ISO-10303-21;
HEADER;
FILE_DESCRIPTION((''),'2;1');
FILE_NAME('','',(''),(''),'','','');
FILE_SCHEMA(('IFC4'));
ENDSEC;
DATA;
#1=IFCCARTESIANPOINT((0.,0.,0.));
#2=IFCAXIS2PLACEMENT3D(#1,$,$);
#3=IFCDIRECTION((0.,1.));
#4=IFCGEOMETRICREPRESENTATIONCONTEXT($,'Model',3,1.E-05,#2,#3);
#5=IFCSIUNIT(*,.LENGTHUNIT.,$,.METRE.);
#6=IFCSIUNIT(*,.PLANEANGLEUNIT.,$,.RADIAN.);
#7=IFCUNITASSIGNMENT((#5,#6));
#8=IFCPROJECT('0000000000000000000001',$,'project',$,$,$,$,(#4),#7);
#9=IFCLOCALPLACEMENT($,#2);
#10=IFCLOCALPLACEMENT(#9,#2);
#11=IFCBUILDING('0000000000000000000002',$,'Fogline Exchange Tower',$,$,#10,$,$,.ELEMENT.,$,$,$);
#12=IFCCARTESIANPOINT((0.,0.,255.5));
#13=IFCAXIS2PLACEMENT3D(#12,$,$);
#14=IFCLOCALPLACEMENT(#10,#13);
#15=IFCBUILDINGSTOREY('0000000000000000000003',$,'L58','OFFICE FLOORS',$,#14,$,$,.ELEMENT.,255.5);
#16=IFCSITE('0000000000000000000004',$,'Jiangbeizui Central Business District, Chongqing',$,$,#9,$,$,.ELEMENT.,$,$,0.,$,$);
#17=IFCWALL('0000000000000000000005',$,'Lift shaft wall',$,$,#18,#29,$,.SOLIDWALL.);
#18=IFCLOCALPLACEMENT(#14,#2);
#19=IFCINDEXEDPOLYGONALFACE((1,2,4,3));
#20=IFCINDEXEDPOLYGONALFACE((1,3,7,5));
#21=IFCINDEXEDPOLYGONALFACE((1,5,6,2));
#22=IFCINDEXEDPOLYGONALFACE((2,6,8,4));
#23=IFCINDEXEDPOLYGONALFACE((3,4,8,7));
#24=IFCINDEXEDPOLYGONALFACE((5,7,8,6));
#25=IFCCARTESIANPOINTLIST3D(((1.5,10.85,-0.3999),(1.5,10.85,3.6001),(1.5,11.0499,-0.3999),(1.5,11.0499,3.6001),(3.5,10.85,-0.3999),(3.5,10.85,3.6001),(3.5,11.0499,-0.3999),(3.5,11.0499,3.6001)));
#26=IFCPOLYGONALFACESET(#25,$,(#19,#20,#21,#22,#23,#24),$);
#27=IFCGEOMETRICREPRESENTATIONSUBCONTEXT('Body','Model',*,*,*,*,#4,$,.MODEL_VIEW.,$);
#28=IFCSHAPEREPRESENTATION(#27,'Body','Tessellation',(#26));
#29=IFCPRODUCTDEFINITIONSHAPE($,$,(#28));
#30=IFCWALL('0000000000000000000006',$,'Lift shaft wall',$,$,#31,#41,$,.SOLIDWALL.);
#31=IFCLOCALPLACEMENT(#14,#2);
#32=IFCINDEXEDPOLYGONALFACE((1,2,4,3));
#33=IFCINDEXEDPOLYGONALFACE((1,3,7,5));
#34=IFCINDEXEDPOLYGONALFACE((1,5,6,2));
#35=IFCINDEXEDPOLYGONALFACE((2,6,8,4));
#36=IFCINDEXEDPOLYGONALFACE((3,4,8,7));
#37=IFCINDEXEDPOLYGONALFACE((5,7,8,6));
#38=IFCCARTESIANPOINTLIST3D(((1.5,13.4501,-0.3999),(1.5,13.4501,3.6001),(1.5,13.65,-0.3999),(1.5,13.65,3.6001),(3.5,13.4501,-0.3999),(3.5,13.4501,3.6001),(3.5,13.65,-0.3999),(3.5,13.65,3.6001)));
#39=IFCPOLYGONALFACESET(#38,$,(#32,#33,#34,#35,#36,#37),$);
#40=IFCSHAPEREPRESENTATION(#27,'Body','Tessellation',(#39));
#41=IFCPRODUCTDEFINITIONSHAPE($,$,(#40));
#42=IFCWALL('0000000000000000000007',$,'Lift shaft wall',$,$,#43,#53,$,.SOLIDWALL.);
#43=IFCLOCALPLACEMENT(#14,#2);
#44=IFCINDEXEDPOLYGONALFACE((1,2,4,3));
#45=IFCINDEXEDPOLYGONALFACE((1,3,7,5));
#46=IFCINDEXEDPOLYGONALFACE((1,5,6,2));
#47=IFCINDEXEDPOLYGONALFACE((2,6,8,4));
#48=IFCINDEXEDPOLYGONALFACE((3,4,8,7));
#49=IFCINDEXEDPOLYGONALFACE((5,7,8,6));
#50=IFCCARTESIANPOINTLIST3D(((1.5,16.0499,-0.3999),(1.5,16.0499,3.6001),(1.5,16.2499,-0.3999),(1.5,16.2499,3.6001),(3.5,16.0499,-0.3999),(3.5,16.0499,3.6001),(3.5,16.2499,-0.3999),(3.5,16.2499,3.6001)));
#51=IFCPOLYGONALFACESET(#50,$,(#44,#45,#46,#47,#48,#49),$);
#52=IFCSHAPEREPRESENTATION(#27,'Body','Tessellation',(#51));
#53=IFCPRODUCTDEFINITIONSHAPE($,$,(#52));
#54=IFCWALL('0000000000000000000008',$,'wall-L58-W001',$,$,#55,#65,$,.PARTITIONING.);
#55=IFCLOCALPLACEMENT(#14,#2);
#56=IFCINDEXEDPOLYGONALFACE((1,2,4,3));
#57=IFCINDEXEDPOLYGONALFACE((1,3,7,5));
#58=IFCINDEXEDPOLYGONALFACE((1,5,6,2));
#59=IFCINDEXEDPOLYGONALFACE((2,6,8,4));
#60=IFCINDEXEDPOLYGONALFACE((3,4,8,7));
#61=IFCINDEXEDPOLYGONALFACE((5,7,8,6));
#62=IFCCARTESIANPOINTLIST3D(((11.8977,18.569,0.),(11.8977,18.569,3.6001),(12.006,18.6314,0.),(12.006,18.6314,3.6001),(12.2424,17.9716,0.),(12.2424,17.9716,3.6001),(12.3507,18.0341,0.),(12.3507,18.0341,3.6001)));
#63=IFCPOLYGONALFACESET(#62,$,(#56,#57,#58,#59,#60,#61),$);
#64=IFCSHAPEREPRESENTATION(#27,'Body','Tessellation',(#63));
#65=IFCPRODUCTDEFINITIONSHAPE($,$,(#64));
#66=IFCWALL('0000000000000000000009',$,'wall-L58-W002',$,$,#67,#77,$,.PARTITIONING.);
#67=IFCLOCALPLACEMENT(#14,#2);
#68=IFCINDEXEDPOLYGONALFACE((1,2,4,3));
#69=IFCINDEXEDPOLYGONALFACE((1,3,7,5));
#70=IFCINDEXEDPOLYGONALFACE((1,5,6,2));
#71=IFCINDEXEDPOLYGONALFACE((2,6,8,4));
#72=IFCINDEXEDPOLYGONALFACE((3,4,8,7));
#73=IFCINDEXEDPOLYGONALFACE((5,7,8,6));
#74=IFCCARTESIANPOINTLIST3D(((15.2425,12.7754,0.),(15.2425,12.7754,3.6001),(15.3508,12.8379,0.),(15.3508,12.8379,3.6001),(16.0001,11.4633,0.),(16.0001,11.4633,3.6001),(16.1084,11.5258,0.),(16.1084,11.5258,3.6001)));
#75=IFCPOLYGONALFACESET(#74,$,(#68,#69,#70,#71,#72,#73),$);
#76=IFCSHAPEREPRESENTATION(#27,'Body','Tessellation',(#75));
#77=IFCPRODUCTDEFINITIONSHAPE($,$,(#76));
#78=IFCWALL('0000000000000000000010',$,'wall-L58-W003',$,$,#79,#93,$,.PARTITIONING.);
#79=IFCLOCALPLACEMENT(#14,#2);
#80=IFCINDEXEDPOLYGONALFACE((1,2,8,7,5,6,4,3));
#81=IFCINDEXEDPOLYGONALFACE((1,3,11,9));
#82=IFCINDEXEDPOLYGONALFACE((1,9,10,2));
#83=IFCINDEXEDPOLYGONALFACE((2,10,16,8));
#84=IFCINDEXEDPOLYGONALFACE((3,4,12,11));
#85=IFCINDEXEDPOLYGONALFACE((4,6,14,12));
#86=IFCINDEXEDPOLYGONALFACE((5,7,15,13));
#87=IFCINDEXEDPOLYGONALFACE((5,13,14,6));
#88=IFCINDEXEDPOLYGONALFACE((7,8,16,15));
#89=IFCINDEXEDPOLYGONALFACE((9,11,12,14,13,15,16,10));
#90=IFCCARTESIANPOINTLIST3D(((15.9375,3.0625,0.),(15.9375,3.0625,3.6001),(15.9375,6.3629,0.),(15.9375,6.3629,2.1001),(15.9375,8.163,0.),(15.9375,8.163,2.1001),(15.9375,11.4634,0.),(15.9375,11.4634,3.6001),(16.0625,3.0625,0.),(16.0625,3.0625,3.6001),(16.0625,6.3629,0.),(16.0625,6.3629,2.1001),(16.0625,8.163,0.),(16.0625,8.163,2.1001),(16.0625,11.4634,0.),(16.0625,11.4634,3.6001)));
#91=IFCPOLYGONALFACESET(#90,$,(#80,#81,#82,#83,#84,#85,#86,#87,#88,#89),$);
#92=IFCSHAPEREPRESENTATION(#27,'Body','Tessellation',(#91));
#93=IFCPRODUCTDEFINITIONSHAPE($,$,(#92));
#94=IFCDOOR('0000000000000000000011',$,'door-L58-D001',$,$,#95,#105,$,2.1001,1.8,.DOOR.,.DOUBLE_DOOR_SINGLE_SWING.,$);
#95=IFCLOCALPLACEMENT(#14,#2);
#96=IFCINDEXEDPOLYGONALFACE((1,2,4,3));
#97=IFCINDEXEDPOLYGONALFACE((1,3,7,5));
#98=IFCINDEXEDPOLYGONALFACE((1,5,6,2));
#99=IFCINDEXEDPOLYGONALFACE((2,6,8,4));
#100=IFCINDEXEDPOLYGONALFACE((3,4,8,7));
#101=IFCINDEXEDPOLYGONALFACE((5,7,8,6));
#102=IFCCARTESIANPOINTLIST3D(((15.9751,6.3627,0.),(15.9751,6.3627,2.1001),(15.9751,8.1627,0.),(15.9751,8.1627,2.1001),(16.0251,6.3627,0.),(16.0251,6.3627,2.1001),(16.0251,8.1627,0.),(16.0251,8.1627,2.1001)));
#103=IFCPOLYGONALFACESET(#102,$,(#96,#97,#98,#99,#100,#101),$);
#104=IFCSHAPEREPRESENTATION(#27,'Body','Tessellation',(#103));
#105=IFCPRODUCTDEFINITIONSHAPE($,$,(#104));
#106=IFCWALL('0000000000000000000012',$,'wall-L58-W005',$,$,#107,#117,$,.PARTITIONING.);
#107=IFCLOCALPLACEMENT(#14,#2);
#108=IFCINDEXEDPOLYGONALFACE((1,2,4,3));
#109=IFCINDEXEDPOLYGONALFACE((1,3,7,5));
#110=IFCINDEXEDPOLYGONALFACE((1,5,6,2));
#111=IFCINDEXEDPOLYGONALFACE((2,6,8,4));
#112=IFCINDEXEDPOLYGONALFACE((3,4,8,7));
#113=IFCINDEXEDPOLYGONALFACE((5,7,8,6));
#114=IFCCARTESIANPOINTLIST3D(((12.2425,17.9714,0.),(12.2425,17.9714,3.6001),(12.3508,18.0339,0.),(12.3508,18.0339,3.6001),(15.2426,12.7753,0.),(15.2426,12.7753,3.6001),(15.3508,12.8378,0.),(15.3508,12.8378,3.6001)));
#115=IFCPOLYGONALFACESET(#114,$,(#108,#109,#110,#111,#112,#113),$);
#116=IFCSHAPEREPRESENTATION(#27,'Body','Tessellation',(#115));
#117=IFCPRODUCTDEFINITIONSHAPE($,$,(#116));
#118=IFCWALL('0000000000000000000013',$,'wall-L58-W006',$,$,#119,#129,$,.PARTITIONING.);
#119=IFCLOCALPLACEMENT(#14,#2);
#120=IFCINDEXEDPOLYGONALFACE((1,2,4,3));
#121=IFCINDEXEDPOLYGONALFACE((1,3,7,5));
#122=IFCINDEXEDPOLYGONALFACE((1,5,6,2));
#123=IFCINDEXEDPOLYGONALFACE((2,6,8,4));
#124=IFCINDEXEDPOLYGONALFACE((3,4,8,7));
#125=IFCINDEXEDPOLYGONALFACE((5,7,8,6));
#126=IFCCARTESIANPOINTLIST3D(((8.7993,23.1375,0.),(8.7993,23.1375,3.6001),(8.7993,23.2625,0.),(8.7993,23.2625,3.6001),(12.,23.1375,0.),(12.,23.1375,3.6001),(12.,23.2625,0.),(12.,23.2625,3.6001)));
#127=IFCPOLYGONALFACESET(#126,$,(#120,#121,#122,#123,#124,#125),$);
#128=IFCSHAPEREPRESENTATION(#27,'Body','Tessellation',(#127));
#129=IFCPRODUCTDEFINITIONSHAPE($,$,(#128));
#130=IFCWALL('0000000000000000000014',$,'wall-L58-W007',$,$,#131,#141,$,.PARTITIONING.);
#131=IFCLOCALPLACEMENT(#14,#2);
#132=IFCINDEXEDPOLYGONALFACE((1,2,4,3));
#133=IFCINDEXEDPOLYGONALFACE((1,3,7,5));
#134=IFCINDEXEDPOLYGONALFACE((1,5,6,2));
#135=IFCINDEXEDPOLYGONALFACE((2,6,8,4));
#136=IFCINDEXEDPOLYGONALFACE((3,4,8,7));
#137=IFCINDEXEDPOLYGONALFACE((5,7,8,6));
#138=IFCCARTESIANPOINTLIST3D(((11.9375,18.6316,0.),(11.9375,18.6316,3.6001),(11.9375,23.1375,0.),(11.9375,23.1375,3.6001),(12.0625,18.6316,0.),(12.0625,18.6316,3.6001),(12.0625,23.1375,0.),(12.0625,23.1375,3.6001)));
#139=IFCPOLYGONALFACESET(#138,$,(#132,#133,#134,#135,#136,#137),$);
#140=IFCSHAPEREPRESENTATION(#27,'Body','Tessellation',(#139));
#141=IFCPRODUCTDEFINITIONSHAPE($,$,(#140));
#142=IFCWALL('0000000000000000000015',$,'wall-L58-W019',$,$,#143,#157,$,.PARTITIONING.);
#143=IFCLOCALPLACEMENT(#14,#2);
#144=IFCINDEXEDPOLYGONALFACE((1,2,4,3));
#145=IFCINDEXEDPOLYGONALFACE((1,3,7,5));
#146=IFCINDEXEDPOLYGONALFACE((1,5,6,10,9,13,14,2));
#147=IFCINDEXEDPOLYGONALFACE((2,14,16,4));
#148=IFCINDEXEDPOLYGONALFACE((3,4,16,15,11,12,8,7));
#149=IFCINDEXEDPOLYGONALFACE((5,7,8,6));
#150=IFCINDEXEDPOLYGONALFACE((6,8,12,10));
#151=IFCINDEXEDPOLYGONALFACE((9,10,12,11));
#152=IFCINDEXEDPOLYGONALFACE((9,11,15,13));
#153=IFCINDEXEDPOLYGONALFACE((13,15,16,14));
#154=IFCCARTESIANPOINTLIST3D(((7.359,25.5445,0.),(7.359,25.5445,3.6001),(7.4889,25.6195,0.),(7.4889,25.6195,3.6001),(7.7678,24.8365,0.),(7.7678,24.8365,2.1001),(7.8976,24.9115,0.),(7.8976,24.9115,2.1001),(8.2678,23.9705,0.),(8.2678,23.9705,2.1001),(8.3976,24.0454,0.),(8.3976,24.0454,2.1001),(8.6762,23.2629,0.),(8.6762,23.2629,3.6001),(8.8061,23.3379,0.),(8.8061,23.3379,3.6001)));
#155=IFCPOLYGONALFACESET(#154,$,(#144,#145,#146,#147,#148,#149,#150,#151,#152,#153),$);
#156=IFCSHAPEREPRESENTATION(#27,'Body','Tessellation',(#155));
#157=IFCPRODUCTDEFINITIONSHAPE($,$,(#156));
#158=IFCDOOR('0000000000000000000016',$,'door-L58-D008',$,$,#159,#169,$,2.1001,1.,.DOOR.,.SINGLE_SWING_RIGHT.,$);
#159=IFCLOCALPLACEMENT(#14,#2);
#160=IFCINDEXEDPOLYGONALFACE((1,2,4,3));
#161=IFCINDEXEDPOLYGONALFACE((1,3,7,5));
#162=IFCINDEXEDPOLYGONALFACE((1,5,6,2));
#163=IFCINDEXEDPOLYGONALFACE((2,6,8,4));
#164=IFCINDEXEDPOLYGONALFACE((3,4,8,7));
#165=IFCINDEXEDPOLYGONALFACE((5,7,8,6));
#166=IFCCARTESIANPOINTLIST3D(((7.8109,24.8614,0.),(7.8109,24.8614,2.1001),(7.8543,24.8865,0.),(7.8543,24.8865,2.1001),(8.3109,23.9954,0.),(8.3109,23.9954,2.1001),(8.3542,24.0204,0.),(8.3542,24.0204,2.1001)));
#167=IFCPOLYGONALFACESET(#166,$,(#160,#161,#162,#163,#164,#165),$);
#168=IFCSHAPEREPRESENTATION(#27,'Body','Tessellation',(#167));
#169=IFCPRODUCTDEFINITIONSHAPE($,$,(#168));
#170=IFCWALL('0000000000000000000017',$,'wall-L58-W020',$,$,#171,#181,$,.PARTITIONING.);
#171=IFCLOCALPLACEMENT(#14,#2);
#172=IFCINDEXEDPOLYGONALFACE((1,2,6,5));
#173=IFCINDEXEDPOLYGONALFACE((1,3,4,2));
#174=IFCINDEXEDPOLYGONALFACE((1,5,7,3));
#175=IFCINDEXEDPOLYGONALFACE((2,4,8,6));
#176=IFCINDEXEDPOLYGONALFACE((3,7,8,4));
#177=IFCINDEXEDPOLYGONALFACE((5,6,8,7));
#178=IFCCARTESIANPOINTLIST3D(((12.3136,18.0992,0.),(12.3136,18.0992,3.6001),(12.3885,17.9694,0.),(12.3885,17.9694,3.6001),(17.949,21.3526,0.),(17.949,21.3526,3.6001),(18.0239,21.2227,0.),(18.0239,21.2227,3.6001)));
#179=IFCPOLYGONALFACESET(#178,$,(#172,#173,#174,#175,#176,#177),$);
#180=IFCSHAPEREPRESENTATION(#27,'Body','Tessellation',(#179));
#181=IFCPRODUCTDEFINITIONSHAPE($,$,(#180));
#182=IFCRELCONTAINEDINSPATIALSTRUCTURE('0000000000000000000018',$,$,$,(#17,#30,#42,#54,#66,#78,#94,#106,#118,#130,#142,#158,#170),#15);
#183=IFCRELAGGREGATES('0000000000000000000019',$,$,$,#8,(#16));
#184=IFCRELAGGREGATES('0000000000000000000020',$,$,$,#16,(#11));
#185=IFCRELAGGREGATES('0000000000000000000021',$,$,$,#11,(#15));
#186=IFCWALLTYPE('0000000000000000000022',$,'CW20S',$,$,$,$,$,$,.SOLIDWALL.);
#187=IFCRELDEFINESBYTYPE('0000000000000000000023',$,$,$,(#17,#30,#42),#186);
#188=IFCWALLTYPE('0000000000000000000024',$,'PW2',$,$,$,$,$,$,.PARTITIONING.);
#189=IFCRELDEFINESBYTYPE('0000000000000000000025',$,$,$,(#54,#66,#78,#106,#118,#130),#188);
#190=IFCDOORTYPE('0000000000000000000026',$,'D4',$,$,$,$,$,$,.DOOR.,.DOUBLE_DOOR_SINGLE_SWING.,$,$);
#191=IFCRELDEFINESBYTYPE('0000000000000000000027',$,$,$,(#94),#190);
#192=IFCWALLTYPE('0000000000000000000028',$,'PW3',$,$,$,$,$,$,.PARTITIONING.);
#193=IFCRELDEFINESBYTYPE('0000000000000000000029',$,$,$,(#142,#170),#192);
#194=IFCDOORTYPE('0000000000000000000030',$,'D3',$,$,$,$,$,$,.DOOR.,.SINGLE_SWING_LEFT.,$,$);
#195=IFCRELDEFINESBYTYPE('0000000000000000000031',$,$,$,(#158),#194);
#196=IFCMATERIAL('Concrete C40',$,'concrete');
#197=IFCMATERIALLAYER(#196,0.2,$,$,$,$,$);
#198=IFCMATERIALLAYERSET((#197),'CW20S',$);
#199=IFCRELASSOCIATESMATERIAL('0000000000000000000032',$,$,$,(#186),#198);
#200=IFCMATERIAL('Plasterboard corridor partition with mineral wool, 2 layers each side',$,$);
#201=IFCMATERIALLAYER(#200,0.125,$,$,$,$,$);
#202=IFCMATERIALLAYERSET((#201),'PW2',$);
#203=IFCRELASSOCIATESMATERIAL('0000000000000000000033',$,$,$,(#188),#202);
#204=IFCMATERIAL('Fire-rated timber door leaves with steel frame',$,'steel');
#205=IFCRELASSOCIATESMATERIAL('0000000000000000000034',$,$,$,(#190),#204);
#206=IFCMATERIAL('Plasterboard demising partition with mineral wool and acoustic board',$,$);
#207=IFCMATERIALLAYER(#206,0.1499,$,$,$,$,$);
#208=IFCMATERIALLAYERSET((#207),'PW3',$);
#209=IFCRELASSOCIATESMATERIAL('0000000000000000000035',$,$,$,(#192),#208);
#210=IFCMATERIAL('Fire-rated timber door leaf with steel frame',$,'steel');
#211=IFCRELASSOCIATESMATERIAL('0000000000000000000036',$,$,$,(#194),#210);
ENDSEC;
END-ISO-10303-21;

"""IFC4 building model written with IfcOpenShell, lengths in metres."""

from ifc_helpers import new_model, si_unit, direction, frame, frame_2d, origin, place, context, subcontext, project, spatial, rectangle, extrude, material, layer, layer_set, type_object, element, fill, save


model = new_model("IFC4")

# Units and contexts
model_context = context("Model", 3, precision=1e-05, world=origin(), true_north=direction((0.0, 1.0)))
body_context = subcontext(model_context, "Body", "Model", "MODEL_VIEW")
ifc_project = project(units=[si_unit("LENGTHUNIT", "METRE"), si_unit("PLANEANGLEUNIT", "RADIAN")], contexts=[model_context])

# Site, building, storey
site_placement = place(None, origin())
site = spatial("IfcSite", under=ifc_project, at=site_placement, Name="Jiangbeizui Central Business District, Chongqing", CompositionType="ELEMENT", RefElevation=0.0)
building_placement = place(site_placement, origin())
building = spatial("IfcBuilding", under=site, at=building_placement, Name="Fogline Exchange Tower", CompositionType="ELEMENT")
storey_placement = place(building_placement, frame((0.0, 0.0, 255.5)))
storey = spatial("IfcBuildingStorey", under=building, at=storey_placement, Name="L58", Description="OFFICE FLOORS", CompositionType="ELEMENT", Elevation=255.5)

# Shared definitions
ifc_material_1 = material(Name="Concrete C40", Category="concrete")

# Walls
ifc_layer_1 = layer(ifc_material_1, 0.2)
ifc_layer_set_1 = layer_set([ifc_layer_1], Name="CW20S")
wall_type_1 = type_object("IfcWallType", Name="CW20S", PredefinedType="SOLIDWALL", material=ifc_layer_set_1)
for number, where, z_axis, x_axis, name in (
    (1, (1.5, 10.95, -0.3999), (0.0, 0.0, 1.0), (1.0, 0.0, 0.0), "Lift shaft wall"),
    (2, (1.5, 13.55, -0.3999), (0.0, 0.0, 1.0), (1.0, 0.0, 0.0), "Lift shaft wall"),
    (3, (1.5, 16.1499, -0.3999), (0.0, 0.0, 1.0), (1.0, 0.0, 0.0), "Lift shaft wall"),
):
    element("IfcWall", number, at=place(storey_placement, frame(where, z_axis=z_axis, x_axis=x_axis)), inside=storey, type_object=wall_type_1, Name=name, PredefinedType="SOLIDWALL", context=body_context, shape_type="SweptSolid", body=[
        extrude(rectangle(XDim=2.0, YDim=0.2, at=frame_2d((1.0, 0.0))), origin(), (0.0, 0.0, 1.0), 4.0),
    ])
ifc_material_2 = material(Name="Plasterboard corridor partition with mineral wool, 2 layers each side")
ifc_layer_2 = layer(ifc_material_2, 0.125)
ifc_layer_set_2 = layer_set([ifc_layer_2], Name="PW2")
wall_type_2 = type_object("IfcWallType", Name="PW2", PredefinedType="PARTITIONING", material=ifc_layer_set_2)
wall_1_placement = place(storey_placement, frame((11.9519, 18.6001, 0.0), z_axis=(0.0, 0.0, 1.0), x_axis=(0.499794, -0.866144, 0.0)))
element("IfcWall", 4, at=wall_1_placement, inside=storey, type_object=wall_type_2, Name="wall-L58-W001", PredefinedType="PARTITIONING", context=body_context, shape_type="SweptSolid", body=[
    extrude(rectangle(XDim=0.6897, YDim=0.125, at=frame_2d((0.3447, 0.0))), origin(), (0.0, 0.0, 1.0), 3.6001),
])
wall_2_placement = place(storey_placement, frame((15.2966, 12.8066, 0.0), z_axis=(0.0, 0.0, 1.0), x_axis=(0.500039, -0.866003, 0.0)))
element("IfcWall", 5, at=wall_2_placement, inside=storey, type_object=wall_type_2, Name="wall-L58-W002", PredefinedType="PARTITIONING", context=body_context, shape_type="SweptSolid", body=[
    extrude(rectangle(XDim=1.5151, YDim=0.125, at=frame_2d((0.7576, 0.0))), origin(), (0.0, 0.0, 1.0), 3.6001),
])

# Wall, opening, door
wall_3_placement = place(storey_placement, frame((16.0, 11.4634, 0.0), z_axis=(0.0, 0.0, 1.0), x_axis=(0.0, -1.0, 0.0)))
wall_3 = element("IfcWall", 6, at=wall_3_placement, inside=storey, type_object=wall_type_2, Name="wall-L58-W003", PredefinedType="PARTITIONING", context=body_context, shape_type="SweptSolid", body=[
    extrude(rectangle(XDim=8.4009, YDim=0.125, at=frame_2d((4.2004, 0.0))), origin(), (0.0, 0.0, 1.0), 3.6001),
])
opening_1_placement = place(wall_3_placement, frame((3.3005, 0.0, 0.0)))
opening_1 = element("IfcOpeningElement", 7, at=opening_1_placement, cuts=wall_3, PredefinedType="OPENING", context=body_context, shape_type="SweptSolid", body=[
    extrude(rectangle(XDim=1.8, YDim=2.1001, at=frame_2d((0.8999, 1.05))), frame((0.0, 0.0725, 0.0), z_axis=(0.0, -1.0, 0.0), x_axis=(1.0, 0.0, 0.0)), (0.0, 0.0, 1.0), 0.145),
])
ifc_material_3 = material(Name="Fire-rated timber door leaves with steel frame", Category="steel")
door_type_1 = type_object("IfcDoorType", Name="D4", OperationType="DOUBLE_DOOR_SINGLE_SWING", PredefinedType="DOOR", material=ifc_material_3)
door_1_placement = place(opening_1_placement, frame((1.8, 0.0, 0.0), z_axis=(0.0, 0.0, 1.0), x_axis=(-1.0, 0.0, 0.0)))
door_1 = element("IfcDoor", 8, at=door_1_placement, inside=storey, type_object=door_type_1, Name="door-L58-D001", OperationType="DOUBLE_DOOR_SINGLE_SWING", OverallHeight=2.1001, OverallWidth=1.8, PredefinedType="DOOR", context=body_context, shape_type="SweptSolid", body=[
    extrude(rectangle(XDim=1.8, YDim=2.1001, at=frame_2d((0.8999, 1.05))), frame((0.0, 0.0249, 0.0), z_axis=(0.0, -1.0, 0.0), x_axis=(1.0, 0.0, 0.0)), (0.0, 0.0, 1.0), 0.05),
])
fill(opening_1, door_1)

# Walls
wall_4_placement = place(storey_placement, frame((12.2966, 18.0027, 0.0), z_axis=(0.0, 0.0, 1.0), x_axis=(0.500008, -0.866021, 0.0)))
element("IfcWall", 9, at=wall_4_placement, inside=storey, type_object=wall_type_2, Name="wall-L58-W005", PredefinedType="PARTITIONING", context=body_context, shape_type="SweptSolid", body=[
    extrude(rectangle(XDim=6.0, YDim=0.125, at=frame_2d((3.0, 0.0))), origin(), (0.0, 0.0, 1.0), 3.6001),
])
wall_5_placement = place(storey_placement, frame((8.7993, 23.2, 0.0), z_axis=(0.0, 0.0, 1.0), x_axis=(1.0, 0.0, 0.0)))
element("IfcWall", 10, at=wall_5_placement, inside=storey, type_object=wall_type_2, Name="wall-L58-W006", PredefinedType="PARTITIONING", context=body_context, shape_type="SweptSolid", body=[
    extrude(rectangle(XDim=3.2007, YDim=0.125, at=frame_2d((1.6003, 0.0))), origin(), (0.0, 0.0, 1.0), 3.6001),
])
wall_6_placement = place(storey_placement, frame((12.0, 23.1375, 0.0), z_axis=(0.0, 0.0, 1.0), x_axis=(0.0, -1.0, 0.0)))
element("IfcWall", 11, at=wall_6_placement, inside=storey, type_object=wall_type_2, Name="wall-L58-W007", PredefinedType="PARTITIONING", context=body_context, shape_type="SweptSolid", body=[
    extrude(rectangle(XDim=4.5059, YDim=0.125, at=frame_2d((2.2529, 0.0))), origin(), (0.0, 0.0, 1.0), 3.6001),
])

# Wall, opening, door
ifc_material_4 = material(Name="Plasterboard demising partition with mineral wool and acoustic board")
ifc_layer_3 = layer(ifc_material_4, 0.1499)
ifc_layer_set_3 = layer_set([ifc_layer_3], Name="PW3")
wall_type_3 = type_object("IfcWallType", Name="PW3", PredefinedType="PARTITIONING", material=ifc_layer_set_3)
wall_7_placement = place(storey_placement, frame((8.7412, 23.3003, 0.0), z_axis=(0.0, 0.0, 1.0), x_axis=(-0.499976, 0.866039, 0.0)))
wall_7 = element("IfcWall", 12, at=wall_7_placement, inside=storey, type_object=wall_type_3, Name="wall-L58-W019", PredefinedType="PARTITIONING", context=body_context, shape_type="SweptSolid", body=[
    extrude(rectangle(XDim=2.6345, YDim=0.1499, at=frame_2d((1.3174, 0.0))), origin(), (0.0, 0.0, 1.0), 3.6001),
])
opening_2_placement = place(wall_7_placement, frame((0.8171, 0.0, 0.0)))
opening_2 = element("IfcOpeningElement", 13, at=opening_2_placement, cuts=wall_7, PredefinedType="OPENING", context=body_context, shape_type="SweptSolid", body=[
    extrude(rectangle(XDim=1.0, YDim=2.1001, at=frame_2d((0.5, 1.05))), frame((0.0, 0.085, 0.0), z_axis=(0.0, -1.0, 0.0), x_axis=(1.0, 0.0, 0.0)), (0.0, 0.0, 1.0), 0.1699),
])
ifc_material_5 = material(Name="Fire-rated timber door leaf with steel frame", Category="steel")
door_type_2 = type_object("IfcDoorType", Name="D3", OperationType="SINGLE_SWING_LEFT", PredefinedType="DOOR", material=ifc_material_5)
door_2_placement = place(opening_2_placement, frame((1.0, 0.0, 0.0), z_axis=(0.0, 0.0, 1.0), x_axis=(-1.0, 0.0, 0.0)))
door_2 = element("IfcDoor", 14, at=door_2_placement, inside=storey, type_object=door_type_2, Name="door-L58-D008", OperationType="SINGLE_SWING_RIGHT", OverallHeight=2.1001, OverallWidth=1.0, PredefinedType="DOOR", context=body_context, shape_type="SweptSolid", body=[
    extrude(rectangle(XDim=1.0, YDim=2.1001, at=frame_2d((0.5, 1.05))), frame((0.0, 0.0249, 0.0), z_axis=(0.0, -1.0, 0.0), x_axis=(1.0, 0.0, 0.0)), (0.0, 0.0, 1.0), 0.05),
])
fill(opening_2, door_2)

# Wall
wall_8_placement = place(storey_placement, frame((17.9863, 21.2876, 0.0), z_axis=(0.0, 0.0, 1.0), x_axis=(-0.866041, -0.499973, 0.0)))
element("IfcWall", 15, at=wall_8_placement, inside=storey, type_object=wall_type_3, Name="wall-L58-W020", PredefinedType="PARTITIONING", context=body_context, shape_type="SweptSolid", body=[
    extrude(rectangle(XDim=6.5071, YDim=0.1499, at=frame_2d((3.2534, 0.0))), origin(), (0.0, 0.0, 1.0), 3.6001),
])

save(model, "model.ifc")
